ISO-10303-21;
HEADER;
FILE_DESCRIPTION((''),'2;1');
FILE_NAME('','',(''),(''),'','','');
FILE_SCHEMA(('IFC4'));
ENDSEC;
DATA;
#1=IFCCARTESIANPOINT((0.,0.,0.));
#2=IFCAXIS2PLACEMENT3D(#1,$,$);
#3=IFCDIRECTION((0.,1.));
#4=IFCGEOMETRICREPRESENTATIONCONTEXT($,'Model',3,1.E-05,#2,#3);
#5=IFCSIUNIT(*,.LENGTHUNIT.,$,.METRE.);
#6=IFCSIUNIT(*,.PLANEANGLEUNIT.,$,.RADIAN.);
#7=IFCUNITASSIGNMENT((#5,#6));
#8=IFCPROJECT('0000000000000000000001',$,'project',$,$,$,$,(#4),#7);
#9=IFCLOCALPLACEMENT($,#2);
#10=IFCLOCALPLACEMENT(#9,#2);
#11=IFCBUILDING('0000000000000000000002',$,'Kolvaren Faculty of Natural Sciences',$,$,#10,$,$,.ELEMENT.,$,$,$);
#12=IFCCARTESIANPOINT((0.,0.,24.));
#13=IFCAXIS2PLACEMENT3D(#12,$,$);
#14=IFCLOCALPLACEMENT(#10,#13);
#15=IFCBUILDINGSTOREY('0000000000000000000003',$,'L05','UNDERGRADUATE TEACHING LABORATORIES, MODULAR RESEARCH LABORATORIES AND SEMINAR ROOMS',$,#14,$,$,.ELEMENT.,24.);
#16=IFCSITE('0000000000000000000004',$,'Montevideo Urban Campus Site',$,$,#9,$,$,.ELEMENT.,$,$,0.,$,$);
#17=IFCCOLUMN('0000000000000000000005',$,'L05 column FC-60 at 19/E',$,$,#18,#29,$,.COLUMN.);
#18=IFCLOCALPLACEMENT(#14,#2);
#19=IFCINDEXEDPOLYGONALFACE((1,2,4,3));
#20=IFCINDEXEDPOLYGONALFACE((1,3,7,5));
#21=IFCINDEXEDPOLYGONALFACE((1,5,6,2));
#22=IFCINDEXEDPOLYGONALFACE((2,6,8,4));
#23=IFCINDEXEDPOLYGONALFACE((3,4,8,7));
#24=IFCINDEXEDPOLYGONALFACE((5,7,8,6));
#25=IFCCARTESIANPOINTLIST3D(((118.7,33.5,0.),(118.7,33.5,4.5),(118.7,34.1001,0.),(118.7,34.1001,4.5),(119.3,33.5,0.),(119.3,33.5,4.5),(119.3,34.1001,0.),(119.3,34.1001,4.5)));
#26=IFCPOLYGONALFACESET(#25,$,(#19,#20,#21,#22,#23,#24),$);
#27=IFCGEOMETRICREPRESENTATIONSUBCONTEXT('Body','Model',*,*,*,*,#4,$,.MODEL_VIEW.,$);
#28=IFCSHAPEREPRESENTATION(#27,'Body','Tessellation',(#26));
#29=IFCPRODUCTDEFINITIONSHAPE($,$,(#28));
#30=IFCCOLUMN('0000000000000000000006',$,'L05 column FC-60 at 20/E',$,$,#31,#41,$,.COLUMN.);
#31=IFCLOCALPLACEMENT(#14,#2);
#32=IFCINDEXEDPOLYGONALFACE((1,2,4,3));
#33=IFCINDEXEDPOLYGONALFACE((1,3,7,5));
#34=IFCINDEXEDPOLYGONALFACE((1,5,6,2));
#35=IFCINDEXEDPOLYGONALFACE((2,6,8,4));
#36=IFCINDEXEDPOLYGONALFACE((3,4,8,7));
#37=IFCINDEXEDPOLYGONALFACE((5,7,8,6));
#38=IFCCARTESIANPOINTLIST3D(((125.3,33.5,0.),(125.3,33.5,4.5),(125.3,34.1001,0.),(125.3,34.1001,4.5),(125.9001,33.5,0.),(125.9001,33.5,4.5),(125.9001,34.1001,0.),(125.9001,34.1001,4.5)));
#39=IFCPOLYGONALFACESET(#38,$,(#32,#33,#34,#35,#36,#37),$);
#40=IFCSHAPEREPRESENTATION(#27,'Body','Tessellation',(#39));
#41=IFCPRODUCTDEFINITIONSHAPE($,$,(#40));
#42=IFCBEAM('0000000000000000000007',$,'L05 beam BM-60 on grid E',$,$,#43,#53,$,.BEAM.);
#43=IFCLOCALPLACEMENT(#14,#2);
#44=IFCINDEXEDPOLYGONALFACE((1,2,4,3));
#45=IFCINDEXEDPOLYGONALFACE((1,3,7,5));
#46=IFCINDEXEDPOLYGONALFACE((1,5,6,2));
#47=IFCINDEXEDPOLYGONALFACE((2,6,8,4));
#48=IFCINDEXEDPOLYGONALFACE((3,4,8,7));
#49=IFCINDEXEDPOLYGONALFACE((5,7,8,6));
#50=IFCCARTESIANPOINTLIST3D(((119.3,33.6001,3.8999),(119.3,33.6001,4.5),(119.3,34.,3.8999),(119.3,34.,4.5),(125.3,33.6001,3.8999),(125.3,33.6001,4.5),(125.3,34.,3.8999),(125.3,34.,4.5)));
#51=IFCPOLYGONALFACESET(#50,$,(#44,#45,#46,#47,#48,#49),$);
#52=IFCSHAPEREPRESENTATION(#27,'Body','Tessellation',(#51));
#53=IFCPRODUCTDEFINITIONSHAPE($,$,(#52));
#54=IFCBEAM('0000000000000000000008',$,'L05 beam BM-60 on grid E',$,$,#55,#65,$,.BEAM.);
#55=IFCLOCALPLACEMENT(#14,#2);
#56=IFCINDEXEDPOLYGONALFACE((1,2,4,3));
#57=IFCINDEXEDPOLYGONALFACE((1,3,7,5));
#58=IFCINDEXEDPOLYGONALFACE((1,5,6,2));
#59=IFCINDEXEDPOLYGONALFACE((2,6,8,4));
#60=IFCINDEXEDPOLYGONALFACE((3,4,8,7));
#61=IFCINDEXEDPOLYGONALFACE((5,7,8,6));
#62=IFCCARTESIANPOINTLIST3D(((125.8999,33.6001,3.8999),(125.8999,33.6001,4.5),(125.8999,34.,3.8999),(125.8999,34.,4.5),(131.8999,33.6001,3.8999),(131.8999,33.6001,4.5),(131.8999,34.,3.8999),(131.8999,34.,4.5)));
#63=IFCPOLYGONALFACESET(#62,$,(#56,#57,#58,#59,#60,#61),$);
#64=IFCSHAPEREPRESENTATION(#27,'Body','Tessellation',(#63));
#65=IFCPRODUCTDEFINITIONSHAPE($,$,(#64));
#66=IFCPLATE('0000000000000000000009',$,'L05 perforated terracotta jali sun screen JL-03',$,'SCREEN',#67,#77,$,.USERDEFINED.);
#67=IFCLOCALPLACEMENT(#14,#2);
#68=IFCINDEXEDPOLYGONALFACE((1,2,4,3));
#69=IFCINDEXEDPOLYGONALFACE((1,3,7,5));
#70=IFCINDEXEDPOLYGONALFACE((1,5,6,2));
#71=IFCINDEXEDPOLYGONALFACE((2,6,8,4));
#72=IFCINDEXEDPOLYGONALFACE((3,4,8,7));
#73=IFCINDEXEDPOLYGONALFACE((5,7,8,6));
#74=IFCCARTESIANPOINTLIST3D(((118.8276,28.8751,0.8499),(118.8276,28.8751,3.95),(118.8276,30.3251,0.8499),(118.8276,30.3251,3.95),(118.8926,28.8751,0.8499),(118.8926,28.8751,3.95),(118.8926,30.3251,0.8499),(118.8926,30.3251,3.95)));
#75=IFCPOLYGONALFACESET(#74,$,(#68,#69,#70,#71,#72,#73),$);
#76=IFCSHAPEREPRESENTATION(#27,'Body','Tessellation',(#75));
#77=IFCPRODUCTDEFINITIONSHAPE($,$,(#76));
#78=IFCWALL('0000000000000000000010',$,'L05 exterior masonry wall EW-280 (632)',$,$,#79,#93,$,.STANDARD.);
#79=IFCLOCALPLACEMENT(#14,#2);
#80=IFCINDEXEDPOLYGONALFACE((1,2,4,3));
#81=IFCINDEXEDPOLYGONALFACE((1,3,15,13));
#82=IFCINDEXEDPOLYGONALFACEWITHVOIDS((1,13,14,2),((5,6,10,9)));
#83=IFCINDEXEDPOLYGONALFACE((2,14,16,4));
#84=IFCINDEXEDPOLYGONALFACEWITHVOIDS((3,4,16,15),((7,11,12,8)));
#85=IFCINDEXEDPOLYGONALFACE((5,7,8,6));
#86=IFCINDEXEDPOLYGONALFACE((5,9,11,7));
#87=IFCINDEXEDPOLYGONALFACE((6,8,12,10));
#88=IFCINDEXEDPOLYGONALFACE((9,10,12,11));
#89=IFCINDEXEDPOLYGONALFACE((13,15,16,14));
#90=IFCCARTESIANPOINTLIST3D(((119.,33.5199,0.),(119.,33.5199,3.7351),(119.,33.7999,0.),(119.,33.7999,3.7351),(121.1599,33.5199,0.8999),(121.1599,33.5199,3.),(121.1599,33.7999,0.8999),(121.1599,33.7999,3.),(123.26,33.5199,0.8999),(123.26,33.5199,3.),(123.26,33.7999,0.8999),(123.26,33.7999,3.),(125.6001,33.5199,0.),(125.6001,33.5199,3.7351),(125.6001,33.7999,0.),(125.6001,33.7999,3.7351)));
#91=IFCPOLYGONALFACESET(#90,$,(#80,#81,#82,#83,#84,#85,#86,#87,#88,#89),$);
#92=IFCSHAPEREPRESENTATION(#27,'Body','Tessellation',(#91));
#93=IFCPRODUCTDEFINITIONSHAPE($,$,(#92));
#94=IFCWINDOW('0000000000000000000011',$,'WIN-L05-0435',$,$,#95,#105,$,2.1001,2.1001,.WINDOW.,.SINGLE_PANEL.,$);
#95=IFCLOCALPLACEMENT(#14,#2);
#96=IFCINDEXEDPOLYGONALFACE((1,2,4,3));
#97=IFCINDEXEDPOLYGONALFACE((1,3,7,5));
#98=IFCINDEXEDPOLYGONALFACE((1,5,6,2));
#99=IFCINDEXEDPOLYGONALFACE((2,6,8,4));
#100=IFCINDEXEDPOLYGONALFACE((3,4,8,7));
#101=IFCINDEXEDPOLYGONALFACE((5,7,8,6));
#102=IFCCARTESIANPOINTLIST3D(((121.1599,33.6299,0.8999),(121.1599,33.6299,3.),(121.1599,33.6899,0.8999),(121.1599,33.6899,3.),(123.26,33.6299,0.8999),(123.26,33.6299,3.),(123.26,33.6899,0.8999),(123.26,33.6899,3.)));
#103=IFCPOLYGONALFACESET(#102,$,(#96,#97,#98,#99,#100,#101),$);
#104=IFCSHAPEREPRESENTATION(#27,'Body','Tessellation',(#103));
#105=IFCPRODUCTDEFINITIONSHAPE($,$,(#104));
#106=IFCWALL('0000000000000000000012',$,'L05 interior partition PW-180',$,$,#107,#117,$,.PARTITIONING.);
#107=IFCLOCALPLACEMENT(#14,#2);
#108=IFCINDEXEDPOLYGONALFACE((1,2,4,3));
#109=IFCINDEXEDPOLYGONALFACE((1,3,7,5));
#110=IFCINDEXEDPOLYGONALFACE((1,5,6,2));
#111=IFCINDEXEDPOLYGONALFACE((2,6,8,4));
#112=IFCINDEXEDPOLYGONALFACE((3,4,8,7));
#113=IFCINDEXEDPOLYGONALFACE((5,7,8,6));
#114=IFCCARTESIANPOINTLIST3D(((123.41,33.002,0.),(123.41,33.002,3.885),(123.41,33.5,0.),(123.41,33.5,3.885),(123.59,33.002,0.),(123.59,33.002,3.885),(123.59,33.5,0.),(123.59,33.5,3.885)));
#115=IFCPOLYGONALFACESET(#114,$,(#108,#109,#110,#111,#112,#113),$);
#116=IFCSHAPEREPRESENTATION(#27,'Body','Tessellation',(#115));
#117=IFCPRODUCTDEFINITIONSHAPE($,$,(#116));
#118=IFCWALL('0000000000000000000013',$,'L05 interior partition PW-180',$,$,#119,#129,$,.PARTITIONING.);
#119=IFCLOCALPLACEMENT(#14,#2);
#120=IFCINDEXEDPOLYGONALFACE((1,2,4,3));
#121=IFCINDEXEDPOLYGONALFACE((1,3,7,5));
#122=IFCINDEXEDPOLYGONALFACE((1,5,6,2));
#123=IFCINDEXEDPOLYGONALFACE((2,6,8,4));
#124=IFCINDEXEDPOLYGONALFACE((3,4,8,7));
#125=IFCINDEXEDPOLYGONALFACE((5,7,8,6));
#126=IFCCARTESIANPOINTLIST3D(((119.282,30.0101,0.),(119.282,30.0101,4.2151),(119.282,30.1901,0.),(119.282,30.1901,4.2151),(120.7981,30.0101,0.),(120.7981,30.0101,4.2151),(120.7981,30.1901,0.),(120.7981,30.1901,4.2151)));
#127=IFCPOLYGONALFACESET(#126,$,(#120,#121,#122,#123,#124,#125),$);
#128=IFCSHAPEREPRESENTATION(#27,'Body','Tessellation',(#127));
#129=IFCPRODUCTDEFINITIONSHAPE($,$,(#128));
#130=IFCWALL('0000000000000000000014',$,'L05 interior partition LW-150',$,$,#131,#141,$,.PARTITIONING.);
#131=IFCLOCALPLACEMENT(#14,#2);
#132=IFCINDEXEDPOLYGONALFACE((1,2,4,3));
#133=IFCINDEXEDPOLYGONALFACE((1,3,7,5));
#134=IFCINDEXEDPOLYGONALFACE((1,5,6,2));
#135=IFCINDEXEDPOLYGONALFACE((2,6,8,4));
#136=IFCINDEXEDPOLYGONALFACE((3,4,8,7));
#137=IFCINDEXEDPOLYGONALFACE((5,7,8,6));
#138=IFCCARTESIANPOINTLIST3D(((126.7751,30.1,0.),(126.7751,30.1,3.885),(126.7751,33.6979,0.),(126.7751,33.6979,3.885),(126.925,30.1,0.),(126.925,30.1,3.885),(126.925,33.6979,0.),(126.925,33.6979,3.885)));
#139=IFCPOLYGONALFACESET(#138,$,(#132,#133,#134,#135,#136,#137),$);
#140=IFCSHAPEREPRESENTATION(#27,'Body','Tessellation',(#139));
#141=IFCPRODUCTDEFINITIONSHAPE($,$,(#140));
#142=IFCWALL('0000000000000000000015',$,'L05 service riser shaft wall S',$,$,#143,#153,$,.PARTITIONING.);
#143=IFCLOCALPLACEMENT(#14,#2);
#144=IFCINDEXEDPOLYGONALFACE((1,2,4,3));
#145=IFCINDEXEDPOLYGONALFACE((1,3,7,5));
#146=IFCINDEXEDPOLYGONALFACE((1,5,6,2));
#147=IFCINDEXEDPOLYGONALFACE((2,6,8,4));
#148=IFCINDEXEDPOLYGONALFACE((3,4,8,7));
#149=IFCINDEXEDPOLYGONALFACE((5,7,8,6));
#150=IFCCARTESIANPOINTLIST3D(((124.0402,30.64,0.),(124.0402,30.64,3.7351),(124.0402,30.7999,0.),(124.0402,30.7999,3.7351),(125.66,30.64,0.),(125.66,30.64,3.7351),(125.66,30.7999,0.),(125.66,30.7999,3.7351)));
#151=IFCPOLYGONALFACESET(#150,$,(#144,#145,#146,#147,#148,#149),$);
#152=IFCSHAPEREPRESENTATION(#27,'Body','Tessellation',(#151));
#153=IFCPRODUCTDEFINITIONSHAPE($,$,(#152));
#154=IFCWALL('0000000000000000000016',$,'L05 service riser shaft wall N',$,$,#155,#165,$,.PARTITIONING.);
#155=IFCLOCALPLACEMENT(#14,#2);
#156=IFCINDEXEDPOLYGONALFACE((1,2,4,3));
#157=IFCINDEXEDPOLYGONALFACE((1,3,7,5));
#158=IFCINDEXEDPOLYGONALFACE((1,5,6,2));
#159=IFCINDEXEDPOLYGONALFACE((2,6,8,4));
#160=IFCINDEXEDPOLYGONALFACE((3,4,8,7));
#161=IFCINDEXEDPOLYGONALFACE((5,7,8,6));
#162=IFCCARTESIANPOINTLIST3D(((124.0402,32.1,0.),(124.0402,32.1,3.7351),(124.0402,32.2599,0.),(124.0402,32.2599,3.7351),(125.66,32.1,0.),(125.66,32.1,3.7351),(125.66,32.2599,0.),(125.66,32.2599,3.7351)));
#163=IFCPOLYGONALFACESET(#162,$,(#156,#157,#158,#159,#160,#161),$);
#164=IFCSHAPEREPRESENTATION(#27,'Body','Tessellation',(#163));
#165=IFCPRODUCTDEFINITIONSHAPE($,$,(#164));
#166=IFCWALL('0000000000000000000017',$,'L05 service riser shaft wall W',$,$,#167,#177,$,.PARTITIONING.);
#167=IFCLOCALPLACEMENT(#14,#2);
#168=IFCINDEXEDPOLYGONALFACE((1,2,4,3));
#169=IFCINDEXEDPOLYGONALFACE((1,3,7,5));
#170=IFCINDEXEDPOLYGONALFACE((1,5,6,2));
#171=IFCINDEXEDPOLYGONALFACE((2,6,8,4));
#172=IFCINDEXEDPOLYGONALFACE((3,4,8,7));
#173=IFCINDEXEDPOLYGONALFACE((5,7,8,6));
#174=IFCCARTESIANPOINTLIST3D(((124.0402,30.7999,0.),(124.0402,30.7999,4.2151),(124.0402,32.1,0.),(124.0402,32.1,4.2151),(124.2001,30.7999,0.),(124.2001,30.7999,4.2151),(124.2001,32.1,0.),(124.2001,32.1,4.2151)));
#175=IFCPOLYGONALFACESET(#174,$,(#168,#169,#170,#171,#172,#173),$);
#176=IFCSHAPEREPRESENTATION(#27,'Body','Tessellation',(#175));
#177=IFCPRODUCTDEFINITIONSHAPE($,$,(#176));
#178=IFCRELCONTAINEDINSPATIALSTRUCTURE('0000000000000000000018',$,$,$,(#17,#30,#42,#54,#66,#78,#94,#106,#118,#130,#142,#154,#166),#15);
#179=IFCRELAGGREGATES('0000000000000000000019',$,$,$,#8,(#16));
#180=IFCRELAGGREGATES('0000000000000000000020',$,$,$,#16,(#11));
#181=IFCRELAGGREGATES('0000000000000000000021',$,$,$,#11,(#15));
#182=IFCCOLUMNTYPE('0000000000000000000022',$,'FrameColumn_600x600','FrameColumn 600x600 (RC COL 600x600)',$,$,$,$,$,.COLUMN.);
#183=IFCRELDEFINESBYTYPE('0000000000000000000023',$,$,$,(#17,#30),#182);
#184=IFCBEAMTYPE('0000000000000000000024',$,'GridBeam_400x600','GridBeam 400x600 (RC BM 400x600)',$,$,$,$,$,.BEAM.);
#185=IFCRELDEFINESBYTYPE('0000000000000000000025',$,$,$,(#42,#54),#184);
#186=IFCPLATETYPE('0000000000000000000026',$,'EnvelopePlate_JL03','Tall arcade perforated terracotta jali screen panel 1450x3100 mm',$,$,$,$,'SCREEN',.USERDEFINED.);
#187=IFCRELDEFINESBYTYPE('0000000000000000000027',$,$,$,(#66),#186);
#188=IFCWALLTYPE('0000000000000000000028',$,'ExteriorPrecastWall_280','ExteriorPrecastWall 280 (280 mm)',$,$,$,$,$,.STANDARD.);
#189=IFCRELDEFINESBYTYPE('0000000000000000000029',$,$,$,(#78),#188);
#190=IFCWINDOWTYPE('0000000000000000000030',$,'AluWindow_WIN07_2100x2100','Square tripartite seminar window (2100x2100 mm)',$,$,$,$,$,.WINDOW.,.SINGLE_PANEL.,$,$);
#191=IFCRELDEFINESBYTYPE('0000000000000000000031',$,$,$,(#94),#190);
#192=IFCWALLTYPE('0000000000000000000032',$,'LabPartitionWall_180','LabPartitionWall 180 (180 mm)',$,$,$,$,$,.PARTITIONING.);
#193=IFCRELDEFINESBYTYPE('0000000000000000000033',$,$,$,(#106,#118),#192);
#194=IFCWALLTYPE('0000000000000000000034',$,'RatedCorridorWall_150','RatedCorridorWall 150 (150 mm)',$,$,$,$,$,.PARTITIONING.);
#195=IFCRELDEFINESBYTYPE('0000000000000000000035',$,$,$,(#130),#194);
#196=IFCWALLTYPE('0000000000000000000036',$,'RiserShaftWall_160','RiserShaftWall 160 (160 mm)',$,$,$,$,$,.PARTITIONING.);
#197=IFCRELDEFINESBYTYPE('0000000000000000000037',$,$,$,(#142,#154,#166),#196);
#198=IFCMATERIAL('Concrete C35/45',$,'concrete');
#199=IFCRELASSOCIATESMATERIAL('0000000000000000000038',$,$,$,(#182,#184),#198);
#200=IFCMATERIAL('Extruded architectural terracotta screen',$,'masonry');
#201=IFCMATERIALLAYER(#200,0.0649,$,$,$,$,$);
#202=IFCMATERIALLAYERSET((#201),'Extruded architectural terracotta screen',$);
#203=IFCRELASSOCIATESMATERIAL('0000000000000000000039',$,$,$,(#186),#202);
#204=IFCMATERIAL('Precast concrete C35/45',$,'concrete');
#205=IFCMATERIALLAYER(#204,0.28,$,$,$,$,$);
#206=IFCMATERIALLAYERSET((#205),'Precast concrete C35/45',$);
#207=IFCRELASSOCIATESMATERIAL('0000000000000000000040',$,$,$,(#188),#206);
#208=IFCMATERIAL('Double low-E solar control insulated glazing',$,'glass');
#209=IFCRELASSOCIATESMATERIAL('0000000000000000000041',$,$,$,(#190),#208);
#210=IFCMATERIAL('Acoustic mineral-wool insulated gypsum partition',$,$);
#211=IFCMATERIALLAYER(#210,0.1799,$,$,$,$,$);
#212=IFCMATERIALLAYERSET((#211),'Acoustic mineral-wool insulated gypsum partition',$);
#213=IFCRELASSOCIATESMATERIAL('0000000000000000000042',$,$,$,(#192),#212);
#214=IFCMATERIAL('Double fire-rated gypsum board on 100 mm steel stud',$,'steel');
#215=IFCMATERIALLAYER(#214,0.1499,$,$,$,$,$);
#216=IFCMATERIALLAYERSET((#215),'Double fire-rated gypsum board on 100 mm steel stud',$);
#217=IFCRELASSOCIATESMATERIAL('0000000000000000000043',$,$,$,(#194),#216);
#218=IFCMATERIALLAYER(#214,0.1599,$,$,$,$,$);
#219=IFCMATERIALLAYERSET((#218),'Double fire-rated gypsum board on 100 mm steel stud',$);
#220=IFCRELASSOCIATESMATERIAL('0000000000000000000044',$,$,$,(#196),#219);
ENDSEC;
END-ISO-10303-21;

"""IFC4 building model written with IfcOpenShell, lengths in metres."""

from ifc_helpers import new_model, si_unit, direction, frame, frame_2d, origin, origin_2d, place, context, subcontext, project, spatial, rectangle, extrude, material, layer, layer_set, material_profile, profile_set, type_object, element, fill, save


model = new_model("IFC4")

# Units and contexts
model_context = context("Model", 3, precision=1e-05, world=origin(), true_north=direction((0.0, 1.0)))
body_context = subcontext(model_context, "Body", "Model", "MODEL_VIEW")
ifc_project = project(units=[si_unit("LENGTHUNIT", "METRE"), si_unit("PLANEANGLEUNIT", "RADIAN")], contexts=[model_context])

# Site, building, storey
site_placement = place(None, origin())
site = spatial("IfcSite", under=ifc_project, at=site_placement, Name="Montevideo Urban Campus Site", CompositionType="ELEMENT", RefElevation=0.0)
building_placement = place(site_placement, origin())
building = spatial("IfcBuilding", under=site, at=building_placement, Name="Kolvaren Faculty of Natural Sciences", CompositionType="ELEMENT")
storey_placement = place(building_placement, frame((0.0, 0.0, 24.0)))
storey = spatial("IfcBuildingStorey", under=building, at=storey_placement, Name="L05", Description="UNDERGRADUATE TEACHING LABORATORIES, MODULAR RESEARCH LABORATORIES AND SEMINAR ROOMS", CompositionType="ELEMENT", Elevation=24.0)

# Columns
ifc_material_1 = material(Name="Concrete C35/45", Category="concrete")
ifc_material_profile_1 = material_profile(ifc_material_1, rectangle(XDim=0.6001, YDim=0.6001, at=origin_2d()), Name="RC COL 600x600")
ifc_profile_set_1 = profile_set([ifc_material_profile_1], Name="Concrete C35/45")
column_type = type_object("IfcColumnType", Name="FrameColumn_600x600", Description="FrameColumn 600x600 (RC COL 600x600)", PredefinedType="COLUMN", material=ifc_profile_set_1)
for number, where, z_axis, x_axis, name in (
    (1, (119.0, 33.8, 0.0), (0.0, 0.0, 1.0), (1.0, 0.0, 0.0), "L05 column FC-60 at 19/E"),
    (2, (125.6001, 33.8, 0.0), (0.0, 0.0, 1.0), (1.0, 0.0, 0.0), "L05 column FC-60 at 20/E"),
):
    element("IfcColumn", number, at=place(storey_placement, frame(where, z_axis=z_axis, x_axis=x_axis)), inside=storey, type_object=column_type, Name=name, PredefinedType="COLUMN", context=body_context, shape_type="SweptSolid", body=[
        extrude(rectangle(XDim=0.6001, YDim=0.6001, at=origin_2d()), origin(), (0.0, 0.0, 1.0), 4.5),
    ])

# Beams
ifc_material_profile_2 = material_profile(ifc_material_1, rectangle(XDim=0.3999, YDim=0.6001, at=origin_2d()), Name="RC BM 400x600")
ifc_profile_set_2 = profile_set([ifc_material_profile_2], Name="Concrete C35/45")
beam_type = type_object("IfcBeamType", Name="GridBeam_400x600", Description="GridBeam 400x600 (RC BM 400x600)", PredefinedType="BEAM", material=ifc_profile_set_2)
for number, where, z_axis, x_axis, name in (
    (3, (119.3, 33.8, 4.2), (1.0, 0.0, 0.0), (0.0, 1.0, 0.0), "L05 beam BM-60 on grid E"),
    (4, (125.8999, 33.8, 4.2), (1.0, 0.0, 0.0), (0.0, 1.0, 0.0), "L05 beam BM-60 on grid E"),
):
    element("IfcBeam", number, at=place(storey_placement, frame(where, z_axis=z_axis, x_axis=x_axis)), inside=storey, type_object=beam_type, Name=name, PredefinedType="BEAM", context=body_context, shape_type="SweptSolid", body=[
        extrude(rectangle(XDim=0.3999, YDim=0.6001, at=origin_2d()), origin(), (0.0, 0.0, 1.0), 6.0),
    ])

# Plate
ifc_material_2 = material(Name="Extruded architectural terracotta screen", Category="masonry")
ifc_layer_1 = layer(ifc_material_2, 0.0649)
ifc_layer_set_1 = layer_set([ifc_layer_1], Name="Extruded architectural terracotta screen")
plate_type = type_object("IfcPlateType", Name="EnvelopePlate_JL03", Description="Tall arcade perforated terracotta jali screen panel 1450x3100 mm", ElementType="SCREEN", PredefinedType="USERDEFINED", material=ifc_layer_set_1)
plate_placement = place(storey_placement, frame((118.8601, 29.6001, 0.8499), z_axis=(0.0, 0.0, 1.0), x_axis=(0.0, 1.0, 0.0)))
element("IfcPlate", 5, at=plate_placement, inside=storey, type_object=plate_type, Name="L05 perforated terracotta jali sun screen JL-03", ObjectType="SCREEN", PredefinedType="USERDEFINED", context=body_context, shape_type="SweptSolid", body=[
    extrude(rectangle(XDim=1.45, YDim=0.0649, at=origin_2d()), origin(), (0.0, 0.0, 1.0), 3.1001),
])

# Wall, opening, window
ifc_material_3 = material(Name="Precast concrete C35/45", Category="concrete")
ifc_layer_2 = layer(ifc_material_3, 0.28)
ifc_layer_set_2 = layer_set([ifc_layer_2], Name="Precast concrete C35/45")
wall_type_1 = type_object("IfcWallType", Name="ExteriorPrecastWall_280", Description="ExteriorPrecastWall 280 (280 mm)", PredefinedType="STANDARD", material=ifc_layer_set_2)
wall_1_placement = place(storey_placement, frame((119.0, 33.6599, 0.0), z_axis=(0.0, 0.0, 1.0), x_axis=(1.0, 0.0, 0.0)))
wall_1 = element("IfcWall", 6, at=wall_1_placement, inside=storey, type_object=wall_type_1, Name="L05 exterior masonry wall EW-280 (632)", PredefinedType="STANDARD", context=body_context, shape_type="SweptSolid", body=[
    extrude(rectangle(XDim=6.6001, YDim=0.28, at=frame_2d((3.3, 0.0))), origin(), (0.0, 0.0, 1.0), 3.7351),
])
opening_1_placement = place(wall_1_placement, frame((2.1599, 0.0, 0.8999)))
opening_1 = element("IfcOpeningElement", 7, at=opening_1_placement, cuts=wall_1, PredefinedType="OPENING", context=body_context, shape_type="SweptSolid", body=[
    extrude(rectangle(XDim=2.1001, YDim=2.1001, at=frame_2d((1.05, 1.05))), frame((0.0, 0.1499, 0.0), z_axis=(0.0, -1.0, 0.0), x_axis=(1.0, 0.0, 0.0)), (0.0, 0.0, 1.0), 0.3),
])
ifc_material_4 = material(Name="Double low-E solar control insulated glazing", Category="glass")
window_type = type_object("IfcWindowType", Name="AluWindow_WIN07_2100x2100", Description="Square tripartite seminar window (2100x2100 mm)", PartitioningType="SINGLE_PANEL", PredefinedType="WINDOW", material=ifc_material_4)
window_placement = place(opening_1_placement, origin())
window = element("IfcWindow", 8, at=window_placement, inside=storey, type_object=window_type, Name="WIN-L05-0435", OverallHeight=2.1001, OverallWidth=2.1001, PartitioningType="SINGLE_PANEL", PredefinedType="WINDOW", context=body_context, shape_type="SweptSolid", body=[
    extrude(rectangle(XDim=2.1001, YDim=2.1001, at=frame_2d((1.05, 1.05))), frame((0.0, 0.03, 0.0), z_axis=(0.0, -1.0, 0.0), x_axis=(1.0, 0.0, 0.0)), (0.0, 0.0, 1.0), 0.0601),
])
fill(opening_1, window)

# Walls
ifc_material_5 = material(Name="Acoustic mineral-wool insulated gypsum partition")
ifc_layer_3 = layer(ifc_material_5, 0.1799)
ifc_layer_set_3 = layer_set([ifc_layer_3], Name="Acoustic mineral-wool insulated gypsum partition")
wall_type_2 = type_object("IfcWallType", Name="LabPartitionWall_180", Description="LabPartitionWall 180 (180 mm)", PredefinedType="PARTITIONING", material=ifc_layer_set_3)
wall_2_placement = place(storey_placement, frame((123.5, 33.5, 0.0), z_axis=(0.0, 0.0, 1.0), x_axis=(0.0, -1.0, 0.0)))
element("IfcWall", 9, at=wall_2_placement, inside=storey, type_object=wall_type_2, Name="L05 interior partition PW-180", PredefinedType="PARTITIONING", context=body_context, shape_type="SweptSolid", body=[
    extrude(rectangle(XDim=0.498, YDim=0.1799, at=frame_2d((0.249, 0.0))), origin(), (0.0, 0.0, 1.0), 3.885),
])
wall_3_placement = place(storey_placement, frame((120.7981, 30.1001, 0.0), z_axis=(0.0, 0.0, 1.0), x_axis=(-1.0, 0.0, 0.0)))
element("IfcWall", 10, at=wall_3_placement, inside=storey, type_object=wall_type_2, Name="L05 interior partition PW-180", PredefinedType="PARTITIONING", context=body_context, shape_type="SweptSolid", body=[
    extrude(rectangle(XDim=1.5161, YDim=0.1799, at=frame_2d((0.7581, 0.0))), origin(), (0.0, 0.0, 1.0), 4.2151),
])
ifc_material_6 = material(Name="Double fire-rated gypsum board on 100 mm steel stud", Category="steel")
ifc_layer_4 = layer(ifc_material_6, 0.1499)
ifc_layer_set_4 = layer_set([ifc_layer_4], Name="Double fire-rated gypsum board on 100 mm steel stud")
wall_type_3 = type_object("IfcWallType", Name="RatedCorridorWall_150", Description="RatedCorridorWall 150 (150 mm)", PredefinedType="PARTITIONING", material=ifc_layer_set_4)
wall_4_placement = place(storey_placement, frame((126.8501, 30.1001, 0.0), z_axis=(0.0, 0.0, 1.0), x_axis=(0.0, 1.0, 0.0)))
element("IfcWall", 11, at=wall_4_placement, inside=storey, type_object=wall_type_3, Name="L05 interior partition LW-150", PredefinedType="PARTITIONING", context=body_context, shape_type="SweptSolid", body=[
    extrude(rectangle(XDim=3.5979, YDim=0.1499, at=frame_2d((1.7988, 0.0))), origin(), (0.0, 0.0, 1.0), 3.885),
])
ifc_layer_5 = layer(ifc_material_6, 0.1599)
ifc_layer_set_5 = layer_set([ifc_layer_5], Name="Double fire-rated gypsum board on 100 mm steel stud")
wall_type_4 = type_object("IfcWallType", Name="RiserShaftWall_160", Description="RiserShaftWall 160 (160 mm)", PredefinedType="PARTITIONING", material=ifc_layer_set_5)
for number, where, z_axis, x_axis, name in (
    (12, (124.04, 30.72, 0.0), (0.0, 0.0, 1.0), (1.0, 0.0, 0.0), "L05 service riser shaft wall S"),
    (13, (124.04, 32.1799, 0.0), (0.0, 0.0, 1.0), (1.0, 0.0, 0.0), "L05 service riser shaft wall N"),
):
    element("IfcWall", number, at=place(storey_placement, frame(where, z_axis=z_axis, x_axis=x_axis)), inside=storey, type_object=wall_type_4, Name=name, PredefinedType="PARTITIONING", context=body_context, shape_type="SweptSolid", body=[
        extrude(rectangle(XDim=1.6199, YDim=0.1599, at=frame_2d((0.8101, 0.0))), origin(), (0.0, 0.0, 1.0), 3.7351),
    ])
wall_5_placement = place(storey_placement, frame((124.1201, 30.8, 0.0), z_axis=(0.0, 0.0, 1.0), x_axis=(0.0, 1.0, 0.0)))
element("IfcWall", 14, at=wall_5_placement, inside=storey, type_object=wall_type_4, Name="L05 service riser shaft wall W", PredefinedType="PARTITIONING", context=body_context, shape_type="SweptSolid", body=[
    extrude(rectangle(XDim=1.3, YDim=0.1599, at=frame_2d((0.6499, 0.0))), origin(), (0.0, 0.0, 1.0), 4.2151),
])

save(model, "model.ifc")
